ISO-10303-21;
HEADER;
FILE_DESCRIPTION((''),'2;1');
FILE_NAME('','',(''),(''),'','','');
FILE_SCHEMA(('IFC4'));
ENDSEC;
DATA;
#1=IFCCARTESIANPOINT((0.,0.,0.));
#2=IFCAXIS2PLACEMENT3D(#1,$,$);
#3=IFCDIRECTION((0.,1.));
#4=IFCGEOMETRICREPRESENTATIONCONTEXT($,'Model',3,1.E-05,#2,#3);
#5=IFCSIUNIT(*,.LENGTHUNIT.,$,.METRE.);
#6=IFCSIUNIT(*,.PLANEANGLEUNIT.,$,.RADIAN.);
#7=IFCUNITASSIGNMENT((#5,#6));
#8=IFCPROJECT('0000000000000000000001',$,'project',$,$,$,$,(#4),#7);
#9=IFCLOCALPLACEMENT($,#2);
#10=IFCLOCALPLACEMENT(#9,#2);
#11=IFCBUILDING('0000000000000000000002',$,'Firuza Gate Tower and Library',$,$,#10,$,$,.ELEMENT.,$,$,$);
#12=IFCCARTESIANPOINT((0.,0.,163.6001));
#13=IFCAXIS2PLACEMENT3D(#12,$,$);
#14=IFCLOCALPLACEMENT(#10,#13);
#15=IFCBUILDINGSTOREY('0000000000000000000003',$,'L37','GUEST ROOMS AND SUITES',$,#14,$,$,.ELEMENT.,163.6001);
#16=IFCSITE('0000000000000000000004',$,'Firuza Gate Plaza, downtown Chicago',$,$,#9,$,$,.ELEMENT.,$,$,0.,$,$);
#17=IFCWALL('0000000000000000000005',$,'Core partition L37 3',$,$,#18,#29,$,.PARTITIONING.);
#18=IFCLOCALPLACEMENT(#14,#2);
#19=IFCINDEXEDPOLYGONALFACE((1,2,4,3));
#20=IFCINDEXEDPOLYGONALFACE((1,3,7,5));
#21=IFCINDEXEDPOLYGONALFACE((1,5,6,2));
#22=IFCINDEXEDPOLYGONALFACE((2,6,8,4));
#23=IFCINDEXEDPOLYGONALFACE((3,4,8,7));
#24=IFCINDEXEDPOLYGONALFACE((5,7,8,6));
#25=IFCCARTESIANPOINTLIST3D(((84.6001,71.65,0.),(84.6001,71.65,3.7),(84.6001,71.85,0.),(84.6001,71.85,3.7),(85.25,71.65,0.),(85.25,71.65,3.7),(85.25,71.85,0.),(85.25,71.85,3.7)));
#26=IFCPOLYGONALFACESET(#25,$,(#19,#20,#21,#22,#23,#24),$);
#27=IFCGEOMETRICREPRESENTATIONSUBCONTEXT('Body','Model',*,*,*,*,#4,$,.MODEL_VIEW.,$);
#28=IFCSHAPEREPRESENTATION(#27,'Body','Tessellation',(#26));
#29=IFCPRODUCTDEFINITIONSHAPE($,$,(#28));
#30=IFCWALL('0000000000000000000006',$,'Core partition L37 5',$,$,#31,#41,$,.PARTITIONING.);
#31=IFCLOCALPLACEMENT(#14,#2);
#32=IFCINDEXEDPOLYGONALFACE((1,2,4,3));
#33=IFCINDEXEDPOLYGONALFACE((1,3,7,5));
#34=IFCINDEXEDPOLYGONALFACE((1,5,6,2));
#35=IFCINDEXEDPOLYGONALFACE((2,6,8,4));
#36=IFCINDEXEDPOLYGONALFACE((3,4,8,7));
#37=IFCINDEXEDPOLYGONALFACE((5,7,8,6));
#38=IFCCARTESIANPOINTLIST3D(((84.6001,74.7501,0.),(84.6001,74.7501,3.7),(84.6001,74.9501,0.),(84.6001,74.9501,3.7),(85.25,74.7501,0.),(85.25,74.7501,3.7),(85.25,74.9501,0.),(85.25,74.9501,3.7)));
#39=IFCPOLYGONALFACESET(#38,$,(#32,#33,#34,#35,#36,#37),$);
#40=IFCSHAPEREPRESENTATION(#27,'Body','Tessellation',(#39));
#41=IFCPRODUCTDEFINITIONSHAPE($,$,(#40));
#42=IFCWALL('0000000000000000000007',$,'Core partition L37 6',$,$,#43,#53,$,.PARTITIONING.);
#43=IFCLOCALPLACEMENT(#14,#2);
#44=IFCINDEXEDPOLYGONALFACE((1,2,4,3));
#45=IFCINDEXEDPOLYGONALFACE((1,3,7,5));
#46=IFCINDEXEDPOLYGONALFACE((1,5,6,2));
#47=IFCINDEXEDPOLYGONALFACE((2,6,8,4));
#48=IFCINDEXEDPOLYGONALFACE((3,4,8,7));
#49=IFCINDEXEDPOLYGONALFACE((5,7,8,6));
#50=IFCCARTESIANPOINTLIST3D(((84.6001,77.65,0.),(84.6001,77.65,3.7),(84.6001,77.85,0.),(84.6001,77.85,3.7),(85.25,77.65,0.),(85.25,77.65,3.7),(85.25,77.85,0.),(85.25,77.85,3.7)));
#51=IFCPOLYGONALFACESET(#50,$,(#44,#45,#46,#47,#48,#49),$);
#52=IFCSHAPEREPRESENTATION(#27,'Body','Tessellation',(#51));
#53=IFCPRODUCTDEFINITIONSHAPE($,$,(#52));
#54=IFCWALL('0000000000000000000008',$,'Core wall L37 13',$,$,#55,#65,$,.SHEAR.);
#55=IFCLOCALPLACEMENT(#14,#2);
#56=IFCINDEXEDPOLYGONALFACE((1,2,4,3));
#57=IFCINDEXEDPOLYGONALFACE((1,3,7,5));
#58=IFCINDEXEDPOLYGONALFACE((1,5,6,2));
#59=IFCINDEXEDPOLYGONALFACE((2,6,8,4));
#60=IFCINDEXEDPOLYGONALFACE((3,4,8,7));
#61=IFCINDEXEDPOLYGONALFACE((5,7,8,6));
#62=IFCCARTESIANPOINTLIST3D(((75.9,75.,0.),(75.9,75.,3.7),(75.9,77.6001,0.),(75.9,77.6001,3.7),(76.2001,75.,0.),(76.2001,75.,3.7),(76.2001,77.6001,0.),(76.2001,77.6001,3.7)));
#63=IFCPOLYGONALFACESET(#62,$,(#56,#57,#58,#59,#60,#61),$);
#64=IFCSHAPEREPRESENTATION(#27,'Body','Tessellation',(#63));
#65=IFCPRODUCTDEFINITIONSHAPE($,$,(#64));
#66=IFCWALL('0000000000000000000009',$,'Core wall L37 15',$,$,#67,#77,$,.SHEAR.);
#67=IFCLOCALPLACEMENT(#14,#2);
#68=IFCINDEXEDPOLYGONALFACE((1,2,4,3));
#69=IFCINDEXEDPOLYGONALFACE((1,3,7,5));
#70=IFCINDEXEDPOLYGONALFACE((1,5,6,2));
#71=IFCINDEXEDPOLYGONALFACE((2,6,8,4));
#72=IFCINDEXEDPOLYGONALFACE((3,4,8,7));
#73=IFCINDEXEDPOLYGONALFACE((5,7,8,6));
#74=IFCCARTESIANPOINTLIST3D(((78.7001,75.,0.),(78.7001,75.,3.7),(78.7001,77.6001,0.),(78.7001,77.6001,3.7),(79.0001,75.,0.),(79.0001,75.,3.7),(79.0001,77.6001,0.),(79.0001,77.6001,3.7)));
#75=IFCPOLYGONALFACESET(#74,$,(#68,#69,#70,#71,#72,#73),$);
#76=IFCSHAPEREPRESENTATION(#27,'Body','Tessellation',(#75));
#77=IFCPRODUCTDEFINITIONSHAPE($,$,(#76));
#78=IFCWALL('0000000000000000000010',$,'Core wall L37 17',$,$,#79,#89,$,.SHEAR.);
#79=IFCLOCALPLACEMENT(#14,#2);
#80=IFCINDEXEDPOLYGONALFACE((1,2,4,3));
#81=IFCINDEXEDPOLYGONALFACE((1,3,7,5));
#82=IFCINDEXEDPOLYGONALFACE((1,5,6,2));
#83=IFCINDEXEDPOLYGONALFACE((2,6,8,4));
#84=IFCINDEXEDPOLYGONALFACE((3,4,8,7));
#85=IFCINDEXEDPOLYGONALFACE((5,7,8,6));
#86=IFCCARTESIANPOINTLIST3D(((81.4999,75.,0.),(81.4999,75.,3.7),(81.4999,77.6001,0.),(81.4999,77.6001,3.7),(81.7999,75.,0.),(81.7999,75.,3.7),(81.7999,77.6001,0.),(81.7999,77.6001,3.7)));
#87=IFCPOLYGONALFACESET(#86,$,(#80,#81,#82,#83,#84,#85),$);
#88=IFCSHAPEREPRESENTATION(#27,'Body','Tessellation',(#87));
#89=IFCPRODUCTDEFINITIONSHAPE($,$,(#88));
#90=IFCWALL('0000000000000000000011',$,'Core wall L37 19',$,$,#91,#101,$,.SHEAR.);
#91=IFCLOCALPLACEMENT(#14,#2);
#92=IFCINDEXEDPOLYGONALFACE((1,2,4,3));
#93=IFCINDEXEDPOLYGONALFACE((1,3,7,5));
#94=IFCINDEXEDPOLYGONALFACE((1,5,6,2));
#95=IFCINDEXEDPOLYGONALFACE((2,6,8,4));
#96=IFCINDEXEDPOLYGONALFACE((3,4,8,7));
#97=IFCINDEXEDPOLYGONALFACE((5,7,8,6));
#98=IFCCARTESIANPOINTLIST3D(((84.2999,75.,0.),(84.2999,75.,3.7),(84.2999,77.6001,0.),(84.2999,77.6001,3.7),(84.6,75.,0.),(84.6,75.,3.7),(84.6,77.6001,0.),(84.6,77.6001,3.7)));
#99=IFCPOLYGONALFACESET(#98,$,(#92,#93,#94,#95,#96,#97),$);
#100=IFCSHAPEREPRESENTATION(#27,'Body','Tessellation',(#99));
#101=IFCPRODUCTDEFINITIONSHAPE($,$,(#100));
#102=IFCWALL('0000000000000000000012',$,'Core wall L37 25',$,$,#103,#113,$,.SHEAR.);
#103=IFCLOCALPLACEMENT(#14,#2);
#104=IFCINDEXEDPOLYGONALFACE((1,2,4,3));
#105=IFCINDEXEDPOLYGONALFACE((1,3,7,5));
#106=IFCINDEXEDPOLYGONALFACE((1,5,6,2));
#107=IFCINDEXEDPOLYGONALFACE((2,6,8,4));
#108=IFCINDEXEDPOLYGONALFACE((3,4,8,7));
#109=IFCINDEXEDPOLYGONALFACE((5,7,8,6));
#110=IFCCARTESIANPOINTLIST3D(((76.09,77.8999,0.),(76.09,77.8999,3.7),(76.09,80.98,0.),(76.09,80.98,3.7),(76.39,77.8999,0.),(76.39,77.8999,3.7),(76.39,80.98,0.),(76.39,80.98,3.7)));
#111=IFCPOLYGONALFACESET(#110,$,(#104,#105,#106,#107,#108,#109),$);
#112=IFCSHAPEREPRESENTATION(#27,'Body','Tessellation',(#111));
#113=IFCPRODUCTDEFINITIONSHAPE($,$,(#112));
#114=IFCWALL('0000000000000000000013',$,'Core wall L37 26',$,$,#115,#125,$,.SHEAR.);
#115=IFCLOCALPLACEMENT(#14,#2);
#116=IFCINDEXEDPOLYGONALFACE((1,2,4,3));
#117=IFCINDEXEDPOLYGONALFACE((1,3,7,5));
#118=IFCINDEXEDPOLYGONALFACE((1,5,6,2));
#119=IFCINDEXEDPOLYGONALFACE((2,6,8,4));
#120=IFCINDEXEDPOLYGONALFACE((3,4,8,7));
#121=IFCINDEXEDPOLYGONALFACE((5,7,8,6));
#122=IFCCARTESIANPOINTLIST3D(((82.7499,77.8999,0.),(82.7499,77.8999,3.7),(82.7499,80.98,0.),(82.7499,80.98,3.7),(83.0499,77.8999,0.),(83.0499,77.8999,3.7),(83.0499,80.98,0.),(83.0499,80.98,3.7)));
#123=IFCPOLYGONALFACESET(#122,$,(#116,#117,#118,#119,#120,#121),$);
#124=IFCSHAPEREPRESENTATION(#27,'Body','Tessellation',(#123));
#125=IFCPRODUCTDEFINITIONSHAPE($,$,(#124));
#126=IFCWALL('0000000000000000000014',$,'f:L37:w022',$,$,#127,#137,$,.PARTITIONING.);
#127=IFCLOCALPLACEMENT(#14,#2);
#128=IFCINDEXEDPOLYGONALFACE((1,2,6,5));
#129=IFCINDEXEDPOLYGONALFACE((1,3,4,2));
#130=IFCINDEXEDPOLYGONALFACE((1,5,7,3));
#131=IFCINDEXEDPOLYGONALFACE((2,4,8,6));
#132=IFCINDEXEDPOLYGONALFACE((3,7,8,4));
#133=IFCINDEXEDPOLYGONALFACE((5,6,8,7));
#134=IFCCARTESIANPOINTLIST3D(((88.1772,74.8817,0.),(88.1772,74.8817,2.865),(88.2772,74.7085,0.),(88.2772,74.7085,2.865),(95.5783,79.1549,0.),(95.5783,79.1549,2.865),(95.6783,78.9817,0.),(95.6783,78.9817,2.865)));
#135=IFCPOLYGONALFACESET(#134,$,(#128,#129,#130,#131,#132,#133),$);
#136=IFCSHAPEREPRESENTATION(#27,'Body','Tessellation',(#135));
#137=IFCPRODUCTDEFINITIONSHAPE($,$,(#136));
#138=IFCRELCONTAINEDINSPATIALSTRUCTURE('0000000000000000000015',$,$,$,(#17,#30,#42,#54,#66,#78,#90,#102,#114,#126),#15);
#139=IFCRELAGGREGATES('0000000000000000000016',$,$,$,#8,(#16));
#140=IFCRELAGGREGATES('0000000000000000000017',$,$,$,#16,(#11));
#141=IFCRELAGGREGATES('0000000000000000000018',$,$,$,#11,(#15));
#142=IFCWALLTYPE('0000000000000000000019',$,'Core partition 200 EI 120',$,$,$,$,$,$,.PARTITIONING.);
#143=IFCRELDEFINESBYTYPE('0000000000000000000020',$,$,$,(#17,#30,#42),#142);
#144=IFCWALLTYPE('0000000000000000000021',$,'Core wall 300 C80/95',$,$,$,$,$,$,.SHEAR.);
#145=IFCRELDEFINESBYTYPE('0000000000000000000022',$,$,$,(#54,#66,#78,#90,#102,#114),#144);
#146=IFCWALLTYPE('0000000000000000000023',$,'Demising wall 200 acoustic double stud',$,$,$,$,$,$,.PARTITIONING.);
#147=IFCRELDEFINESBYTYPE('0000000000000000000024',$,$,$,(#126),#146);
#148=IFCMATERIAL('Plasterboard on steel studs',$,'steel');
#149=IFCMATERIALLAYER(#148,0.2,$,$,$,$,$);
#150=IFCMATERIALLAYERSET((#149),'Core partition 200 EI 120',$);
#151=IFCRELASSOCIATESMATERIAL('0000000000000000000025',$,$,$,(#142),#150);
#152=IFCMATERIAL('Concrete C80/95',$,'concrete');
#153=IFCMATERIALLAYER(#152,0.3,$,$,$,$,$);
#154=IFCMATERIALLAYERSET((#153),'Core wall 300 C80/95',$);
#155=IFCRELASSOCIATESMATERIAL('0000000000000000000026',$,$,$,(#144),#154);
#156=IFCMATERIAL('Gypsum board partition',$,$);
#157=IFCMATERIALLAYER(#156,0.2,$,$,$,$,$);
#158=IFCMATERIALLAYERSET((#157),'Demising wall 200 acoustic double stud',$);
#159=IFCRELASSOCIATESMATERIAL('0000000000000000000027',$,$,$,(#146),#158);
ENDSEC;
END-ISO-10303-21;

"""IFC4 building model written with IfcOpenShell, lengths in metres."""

from ifc_helpers import new_model, si_unit, direction, frame, frame_2d, origin, place, context, subcontext, project, spatial, rectangle, extrude, material, layer, layer_set, type_object, element, save


model = new_model("IFC4")

# Units and contexts
model_context = context("Model", 3, precision=1e-05, world=origin(), true_north=direction((0.0, 1.0)))
body_context = subcontext(model_context, "Body", "Model", "MODEL_VIEW")
ifc_project = project(units=[si_unit("LENGTHUNIT", "METRE"), si_unit("PLANEANGLEUNIT", "RADIAN")], contexts=[model_context])

# Site, building, storey
site_placement = place(None, origin())
site = spatial("IfcSite", under=ifc_project, at=site_placement, Name="Firuza Gate Plaza, downtown Chicago", CompositionType="ELEMENT", RefElevation=0.0)
building_placement = place(site_placement, origin())
building = spatial("IfcBuilding", under=site, at=building_placement, Name="Firuza Gate Tower and Library", CompositionType="ELEMENT")
storey_placement = place(building_placement, frame((0.0, 0.0, 163.6001)))
storey = spatial("IfcBuildingStorey", under=building, at=storey_placement, Name="L37", Description="GUEST ROOMS AND SUITES", CompositionType="ELEMENT", Elevation=163.6001)

# Walls
ifc_material_1 = material(Name="Plasterboard on steel studs", Category="steel")
ifc_layer_1 = layer(ifc_material_1, 0.2)
ifc_layer_set_1 = layer_set([ifc_layer_1], Name="Core partition 200 EI 120")
wall_type_1 = type_object("IfcWallType", Name="Core partition 200 EI 120", PredefinedType="PARTITIONING", material=ifc_layer_set_1)
for number, where, z_axis, x_axis, name in (
    (1, (84.6001, 71.75, 0.0), (0.0, 0.0, 1.0), (1.0, 0.0, 0.0), "Core partition L37 3"),
    (2, (84.6001, 74.8501, 0.0), (0.0, 0.0, 1.0), (1.0, 0.0, 0.0), "Core partition L37 5"),
    (3, (84.6001, 77.75, 0.0), (0.0, 0.0, 1.0), (1.0, 0.0, 0.0), "Core partition L37 6"),
):
    element("IfcWall", number, at=place(storey_placement, frame(where, z_axis=z_axis, x_axis=x_axis)), inside=storey, type_object=wall_type_1, Name=name, PredefinedType="PARTITIONING", context=body_context, shape_type="SweptSolid", body=[
        extrude(rectangle(XDim=0.6499, YDim=0.2, at=frame_2d((0.325, 0.0))), origin(), (0.0, 0.0, 1.0), 3.7),
    ])
ifc_material_2 = material(Name="Concrete C80/95", Category="concrete")
ifc_layer_2 = layer(ifc_material_2, 0.3)
ifc_layer_set_2 = layer_set([ifc_layer_2], Name="Core wall 300 C80/95")
wall_type_2 = type_object("IfcWallType", Name="Core wall 300 C80/95", PredefinedType="SHEAR", material=ifc_layer_set_2)
for number, where, z_axis, x_axis, name in (
    (4, (76.05, 75.0, 0.0), (0.0, 0.0, 1.0), (0.0, 1.0, 0.0), "Core wall L37 13"),
    (5, (78.8501, 75.0, 0.0), (0.0, 0.0, 1.0), (0.0, 1.0, 0.0), "Core wall L37 15"),
    (6, (81.6499, 75.0, 0.0), (0.0, 0.0, 1.0), (0.0, 1.0, 0.0), "Core wall L37 17"),
    (7, (84.45, 75.0, 0.0), (0.0, 0.0, 1.0), (0.0, 1.0, 0.0), "Core wall L37 19"),
):
    element("IfcWall", number, at=place(storey_placement, frame(where, z_axis=z_axis, x_axis=x_axis)), inside=storey, type_object=wall_type_2, Name=name, PredefinedType="SHEAR", context=body_context, shape_type="SweptSolid", body=[
        extrude(rectangle(XDim=2.6001, YDim=0.3, at=frame_2d((1.3, 0.0))), origin(), (0.0, 0.0, 1.0), 3.7),
    ])
for number, where, z_axis, x_axis, name in (
    (8, (76.24, 77.8999, 0.0), (0.0, 0.0, 1.0), (0.0, 1.0, 0.0), "Core wall L37 25"),
    (9, (82.8999, 77.8999, 0.0), (0.0, 0.0, 1.0), (0.0, 1.0, 0.0), "Core wall L37 26"),
):
    element("IfcWall", number, at=place(storey_placement, frame(where, z_axis=z_axis, x_axis=x_axis)), inside=storey, type_object=wall_type_2, Name=name, PredefinedType="SHEAR", context=body_context, shape_type="SweptSolid", body=[
        extrude(rectangle(XDim=3.0801, YDim=0.3, at=frame_2d((1.54, 0.0))), origin(), (0.0, 0.0, 1.0), 3.7),
    ])
ifc_material_3 = material(Name="Gypsum board partition")
ifc_layer_3 = layer(ifc_material_3, 0.2)
ifc_layer_set_3 = layer_set([ifc_layer_3], Name="Demising wall 200 acoustic double stud")
wall_type_3 = type_object("IfcWallType", Name="Demising wall 200 acoustic double stud", PredefinedType="PARTITIONING", material=ifc_layer_set_3)
wall_placement = place(storey_placement, frame((88.2273, 74.7952, 0.0), z_axis=(0.0, 0.0, 1.0), x_axis=(0.866018, 0.500013, 0.0)))
element("IfcWall", 10, at=wall_placement, inside=storey, type_object=wall_type_3, Name="f:L37:w022", PredefinedType="PARTITIONING", context=body_context, shape_type="SweptSolid", body=[
    extrude(rectangle(XDim=8.5461, YDim=0.2, at=frame_2d((4.2729, 0.0))), origin(), (0.0, 0.0, 1.0), 2.865),
])

save(model, "model.ifc")
